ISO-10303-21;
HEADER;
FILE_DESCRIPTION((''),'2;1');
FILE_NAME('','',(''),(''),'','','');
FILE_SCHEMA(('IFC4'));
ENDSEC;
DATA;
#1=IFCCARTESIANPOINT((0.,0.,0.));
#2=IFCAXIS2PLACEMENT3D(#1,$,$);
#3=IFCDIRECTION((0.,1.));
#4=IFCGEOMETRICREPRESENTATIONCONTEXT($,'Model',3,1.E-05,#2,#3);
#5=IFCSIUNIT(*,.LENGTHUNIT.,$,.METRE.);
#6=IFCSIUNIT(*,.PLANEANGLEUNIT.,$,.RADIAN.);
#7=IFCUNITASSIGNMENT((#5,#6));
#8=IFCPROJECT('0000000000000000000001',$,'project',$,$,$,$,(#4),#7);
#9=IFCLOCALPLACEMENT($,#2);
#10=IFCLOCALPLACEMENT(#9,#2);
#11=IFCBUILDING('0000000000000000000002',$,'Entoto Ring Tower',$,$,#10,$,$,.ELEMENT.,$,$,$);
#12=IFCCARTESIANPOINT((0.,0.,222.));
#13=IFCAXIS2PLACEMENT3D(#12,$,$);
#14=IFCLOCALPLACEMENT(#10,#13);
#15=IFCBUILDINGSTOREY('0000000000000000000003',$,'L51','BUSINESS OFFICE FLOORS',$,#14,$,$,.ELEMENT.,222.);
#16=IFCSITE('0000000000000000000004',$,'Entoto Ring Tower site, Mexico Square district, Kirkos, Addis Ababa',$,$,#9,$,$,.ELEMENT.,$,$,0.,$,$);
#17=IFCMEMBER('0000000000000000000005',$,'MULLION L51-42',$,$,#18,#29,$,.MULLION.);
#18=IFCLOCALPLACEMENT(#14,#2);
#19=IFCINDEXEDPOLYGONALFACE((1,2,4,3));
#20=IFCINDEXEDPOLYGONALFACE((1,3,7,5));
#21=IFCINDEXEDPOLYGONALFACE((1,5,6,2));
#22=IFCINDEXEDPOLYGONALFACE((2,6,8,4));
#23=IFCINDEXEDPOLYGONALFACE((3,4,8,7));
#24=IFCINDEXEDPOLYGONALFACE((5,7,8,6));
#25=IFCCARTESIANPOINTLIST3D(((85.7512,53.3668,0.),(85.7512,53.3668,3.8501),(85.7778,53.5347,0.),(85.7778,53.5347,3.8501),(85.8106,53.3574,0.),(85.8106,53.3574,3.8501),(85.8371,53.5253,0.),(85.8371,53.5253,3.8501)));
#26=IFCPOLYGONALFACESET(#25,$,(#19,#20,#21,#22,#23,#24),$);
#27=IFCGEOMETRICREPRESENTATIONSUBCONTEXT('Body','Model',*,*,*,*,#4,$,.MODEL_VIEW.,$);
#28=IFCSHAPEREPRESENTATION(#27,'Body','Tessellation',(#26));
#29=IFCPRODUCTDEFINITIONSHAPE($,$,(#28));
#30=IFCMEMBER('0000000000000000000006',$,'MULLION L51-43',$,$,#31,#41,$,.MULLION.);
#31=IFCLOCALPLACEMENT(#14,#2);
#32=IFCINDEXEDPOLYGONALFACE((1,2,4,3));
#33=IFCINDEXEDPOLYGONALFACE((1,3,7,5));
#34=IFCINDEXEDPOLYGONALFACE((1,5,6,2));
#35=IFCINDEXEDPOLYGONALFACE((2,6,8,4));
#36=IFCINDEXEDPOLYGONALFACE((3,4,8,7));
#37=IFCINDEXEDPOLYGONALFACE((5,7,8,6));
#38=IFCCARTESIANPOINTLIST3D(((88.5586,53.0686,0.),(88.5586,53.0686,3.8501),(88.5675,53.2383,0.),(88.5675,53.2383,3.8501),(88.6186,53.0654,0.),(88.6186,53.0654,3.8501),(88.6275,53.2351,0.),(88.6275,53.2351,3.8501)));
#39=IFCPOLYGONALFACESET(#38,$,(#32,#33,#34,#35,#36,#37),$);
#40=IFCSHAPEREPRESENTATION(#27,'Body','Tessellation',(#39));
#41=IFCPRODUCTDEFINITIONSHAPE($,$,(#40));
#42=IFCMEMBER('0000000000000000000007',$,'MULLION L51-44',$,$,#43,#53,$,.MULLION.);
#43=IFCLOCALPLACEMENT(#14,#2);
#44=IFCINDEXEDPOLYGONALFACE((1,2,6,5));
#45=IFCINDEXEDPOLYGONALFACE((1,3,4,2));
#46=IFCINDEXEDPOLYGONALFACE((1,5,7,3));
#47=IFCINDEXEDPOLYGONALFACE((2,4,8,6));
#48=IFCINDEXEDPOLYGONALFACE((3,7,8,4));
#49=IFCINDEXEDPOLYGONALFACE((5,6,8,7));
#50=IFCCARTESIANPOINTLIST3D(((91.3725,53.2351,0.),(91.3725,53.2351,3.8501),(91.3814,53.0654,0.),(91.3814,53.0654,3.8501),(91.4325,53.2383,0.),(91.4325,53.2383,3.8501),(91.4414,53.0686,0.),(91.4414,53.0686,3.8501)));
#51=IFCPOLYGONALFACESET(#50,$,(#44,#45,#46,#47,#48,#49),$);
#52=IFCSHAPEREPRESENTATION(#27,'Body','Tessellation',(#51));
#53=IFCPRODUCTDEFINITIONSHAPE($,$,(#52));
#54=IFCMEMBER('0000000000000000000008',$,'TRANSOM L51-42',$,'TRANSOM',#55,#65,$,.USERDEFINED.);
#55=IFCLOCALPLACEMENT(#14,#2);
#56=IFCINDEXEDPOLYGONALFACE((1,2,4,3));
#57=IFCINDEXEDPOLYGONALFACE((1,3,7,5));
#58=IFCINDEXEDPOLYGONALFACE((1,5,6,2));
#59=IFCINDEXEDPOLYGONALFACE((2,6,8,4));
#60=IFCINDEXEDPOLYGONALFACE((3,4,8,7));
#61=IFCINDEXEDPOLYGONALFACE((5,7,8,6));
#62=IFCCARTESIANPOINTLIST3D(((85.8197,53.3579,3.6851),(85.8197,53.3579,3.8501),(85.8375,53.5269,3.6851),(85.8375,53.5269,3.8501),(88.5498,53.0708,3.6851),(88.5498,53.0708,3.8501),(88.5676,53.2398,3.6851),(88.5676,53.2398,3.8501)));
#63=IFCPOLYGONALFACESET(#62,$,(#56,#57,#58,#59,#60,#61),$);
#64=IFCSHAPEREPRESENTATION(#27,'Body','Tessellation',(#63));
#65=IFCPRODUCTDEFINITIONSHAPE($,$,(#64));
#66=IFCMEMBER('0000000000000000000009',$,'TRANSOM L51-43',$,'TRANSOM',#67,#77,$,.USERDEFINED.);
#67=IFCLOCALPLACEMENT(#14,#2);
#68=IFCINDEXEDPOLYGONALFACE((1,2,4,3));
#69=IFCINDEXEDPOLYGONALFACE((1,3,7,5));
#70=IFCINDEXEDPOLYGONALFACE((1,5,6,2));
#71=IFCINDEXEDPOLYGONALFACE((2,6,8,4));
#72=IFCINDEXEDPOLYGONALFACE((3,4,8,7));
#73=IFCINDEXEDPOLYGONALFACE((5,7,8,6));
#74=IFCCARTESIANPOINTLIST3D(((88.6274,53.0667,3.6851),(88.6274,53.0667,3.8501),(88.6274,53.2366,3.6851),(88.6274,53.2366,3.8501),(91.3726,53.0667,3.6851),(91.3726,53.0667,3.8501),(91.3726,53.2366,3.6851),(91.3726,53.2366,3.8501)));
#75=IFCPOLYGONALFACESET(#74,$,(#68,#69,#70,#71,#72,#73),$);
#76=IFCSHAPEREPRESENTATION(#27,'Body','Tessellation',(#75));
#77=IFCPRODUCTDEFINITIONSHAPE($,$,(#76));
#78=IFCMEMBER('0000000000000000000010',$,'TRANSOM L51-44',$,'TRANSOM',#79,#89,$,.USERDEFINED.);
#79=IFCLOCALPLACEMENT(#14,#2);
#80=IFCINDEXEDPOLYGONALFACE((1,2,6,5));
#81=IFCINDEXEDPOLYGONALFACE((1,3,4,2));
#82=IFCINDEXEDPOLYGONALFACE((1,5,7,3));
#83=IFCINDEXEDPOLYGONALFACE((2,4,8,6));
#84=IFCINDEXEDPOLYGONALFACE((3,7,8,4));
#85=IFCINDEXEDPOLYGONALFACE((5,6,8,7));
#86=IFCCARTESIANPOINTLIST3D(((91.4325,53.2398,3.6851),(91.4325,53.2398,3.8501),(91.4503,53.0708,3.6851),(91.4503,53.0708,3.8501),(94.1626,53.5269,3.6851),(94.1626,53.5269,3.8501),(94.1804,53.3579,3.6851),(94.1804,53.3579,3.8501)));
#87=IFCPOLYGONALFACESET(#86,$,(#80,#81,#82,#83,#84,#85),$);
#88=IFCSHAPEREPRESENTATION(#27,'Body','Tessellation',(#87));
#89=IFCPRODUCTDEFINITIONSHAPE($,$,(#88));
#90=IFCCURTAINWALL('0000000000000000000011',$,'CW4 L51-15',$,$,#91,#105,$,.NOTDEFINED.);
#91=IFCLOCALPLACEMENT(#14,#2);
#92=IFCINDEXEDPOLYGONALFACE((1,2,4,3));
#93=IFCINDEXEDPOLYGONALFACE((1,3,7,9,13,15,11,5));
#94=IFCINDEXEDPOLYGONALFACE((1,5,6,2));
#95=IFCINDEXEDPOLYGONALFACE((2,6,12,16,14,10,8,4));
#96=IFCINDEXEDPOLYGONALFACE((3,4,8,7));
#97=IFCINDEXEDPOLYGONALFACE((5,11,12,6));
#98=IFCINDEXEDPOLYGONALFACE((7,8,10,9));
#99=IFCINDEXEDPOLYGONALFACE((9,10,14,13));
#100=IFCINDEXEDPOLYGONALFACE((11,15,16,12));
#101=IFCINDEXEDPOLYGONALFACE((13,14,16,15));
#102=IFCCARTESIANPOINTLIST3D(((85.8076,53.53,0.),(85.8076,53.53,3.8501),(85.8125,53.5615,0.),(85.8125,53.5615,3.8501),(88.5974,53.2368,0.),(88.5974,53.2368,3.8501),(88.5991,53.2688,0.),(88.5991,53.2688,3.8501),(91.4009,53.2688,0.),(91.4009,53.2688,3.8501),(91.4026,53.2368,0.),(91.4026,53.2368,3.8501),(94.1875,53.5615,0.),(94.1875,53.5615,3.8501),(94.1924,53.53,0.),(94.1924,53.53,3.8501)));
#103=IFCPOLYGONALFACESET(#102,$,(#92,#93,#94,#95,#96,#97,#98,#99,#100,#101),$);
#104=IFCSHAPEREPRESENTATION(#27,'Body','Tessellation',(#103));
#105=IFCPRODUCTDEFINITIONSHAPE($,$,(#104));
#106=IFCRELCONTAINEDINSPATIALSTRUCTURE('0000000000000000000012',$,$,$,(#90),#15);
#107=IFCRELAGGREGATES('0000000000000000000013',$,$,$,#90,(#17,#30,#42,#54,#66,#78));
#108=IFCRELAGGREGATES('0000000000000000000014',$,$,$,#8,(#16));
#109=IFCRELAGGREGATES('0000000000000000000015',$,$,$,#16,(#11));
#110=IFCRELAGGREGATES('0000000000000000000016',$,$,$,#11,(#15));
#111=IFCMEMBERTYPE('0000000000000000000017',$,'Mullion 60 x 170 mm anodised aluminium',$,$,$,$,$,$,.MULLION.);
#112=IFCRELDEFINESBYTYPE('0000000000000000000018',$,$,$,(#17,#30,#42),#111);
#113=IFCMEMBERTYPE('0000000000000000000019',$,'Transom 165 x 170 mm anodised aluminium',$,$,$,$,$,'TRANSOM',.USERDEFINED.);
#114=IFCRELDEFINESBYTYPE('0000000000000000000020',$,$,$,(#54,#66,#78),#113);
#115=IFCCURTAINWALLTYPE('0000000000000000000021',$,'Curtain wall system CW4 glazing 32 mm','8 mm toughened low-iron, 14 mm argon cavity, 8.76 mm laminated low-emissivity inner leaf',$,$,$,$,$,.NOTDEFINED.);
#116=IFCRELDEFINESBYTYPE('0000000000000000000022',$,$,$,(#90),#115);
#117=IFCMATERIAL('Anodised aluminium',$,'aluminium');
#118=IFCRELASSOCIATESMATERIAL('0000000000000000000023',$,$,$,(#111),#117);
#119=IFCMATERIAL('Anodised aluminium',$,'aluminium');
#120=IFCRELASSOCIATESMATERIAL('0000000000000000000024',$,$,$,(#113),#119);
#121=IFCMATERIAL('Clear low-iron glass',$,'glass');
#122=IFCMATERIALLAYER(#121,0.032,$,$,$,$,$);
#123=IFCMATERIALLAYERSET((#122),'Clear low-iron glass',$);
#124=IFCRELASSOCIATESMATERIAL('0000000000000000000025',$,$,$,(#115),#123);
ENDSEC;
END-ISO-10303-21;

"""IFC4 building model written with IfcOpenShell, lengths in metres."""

from ifc_helpers import new_model, si_unit, direction, frame, origin, origin_2d, place, context, subcontext, project, spatial, polyline, rectangle, outline, extrude, material, layer, layer_set, material_profile, profile_set, type_object, element, aggregate, save


model = new_model("IFC4")

# Units and contexts
model_context = context("Model", 3, precision=1e-05, world=origin(), true_north=direction((0.0, 1.0)))
body_context = subcontext(model_context, "Body", "Model", "MODEL_VIEW")
ifc_project = project(units=[si_unit("LENGTHUNIT", "METRE"), si_unit("PLANEANGLEUNIT", "RADIAN")], contexts=[model_context])

# Members
ifc_material_1 = material(Name="Anodised aluminium", Category="aluminium")
ifc_material_profile_1 = material_profile(ifc_material_1, rectangle(XDim=0.0601, YDim=0.1699, at=origin_2d()), Name="Mullion 60 x 170 mm anodised aluminium")
ifc_profile_set_1 = profile_set([ifc_material_profile_1], Name="Anodised aluminium")
member_type_1 = type_object("IfcMemberType", Name="Mullion 60 x 170 mm anodised aluminium", PredefinedType="MULLION", material=ifc_profile_set_1)
site_placement = place(None, origin())
building_placement = place(site_placement, origin())
storey_placement = place(building_placement, frame((0.0, 0.0, 222.0)))
member_1_placement = place(storey_placement, frame((85.7942, 53.446, 0.0), z_axis=(0.0, 0.0, 1.0), x_axis=(0.987688, -0.156434, 0.0)))
member_1 = element("IfcMember", 1, at=member_1_placement, type_object=member_type_1, Name="MULLION L51-42", PredefinedType="MULLION", context=body_context, shape_type="SweptSolid", body=[
    extrude(rectangle(XDim=0.0601, YDim=0.1699, at=origin_2d()), origin(), (0.0, 0.0, 1.0), 3.8501),
])
member_2_placement = place(storey_placement, frame((88.593, 53.1519, 0.0), z_axis=(0.0, 0.0, 1.0), x_axis=(0.99863, -0.052336, 0.0)))
member_2 = element("IfcMember", 2, at=member_2_placement, type_object=member_type_1, Name="MULLION L51-43", PredefinedType="MULLION", context=body_context, shape_type="SweptSolid", body=[
    extrude(rectangle(XDim=0.0601, YDim=0.1699, at=origin_2d()), origin(), (0.0, 0.0, 1.0), 3.8501),
])
member_3_placement = place(storey_placement, frame((91.407, 53.1519, 0.0), z_axis=(0.0, 0.0, 1.0), x_axis=(0.99863, 0.052336, 0.0)))
member_3 = element("IfcMember", 3, at=member_3_placement, type_object=member_type_1, Name="MULLION L51-44", PredefinedType="MULLION", context=body_context, shape_type="SweptSolid", body=[
    extrude(rectangle(XDim=0.0601, YDim=0.1699, at=origin_2d()), origin(), (0.0, 0.0, 1.0), 3.8501),
])
ifc_material_2 = material(Name="Anodised aluminium", Category="aluminium")
ifc_material_profile_2 = material_profile(ifc_material_2, rectangle(XDim=0.1699, YDim=0.165, at=origin_2d()), Name="Transom 165 x 170 mm anodised aluminium")
ifc_profile_set_2 = profile_set([ifc_material_profile_2], Name="Anodised aluminium")
member_type_2 = type_object("IfcMemberType", Name="Transom 165 x 170 mm anodised aluminium", ElementType="TRANSOM", PredefinedType="USERDEFINED", material=ifc_profile_set_2)
member_4_placement = place(storey_placement, frame((85.8286, 53.4424, 3.7676), z_axis=(0.994515, -0.104592, 0.0), x_axis=(0.104592, 0.994515, 0.0)))
member_4 = element("IfcMember", 4, at=member_4_placement, type_object=member_type_2, Name="TRANSOM L51-42", ObjectType="TRANSOM", PredefinedType="USERDEFINED", context=body_context, shape_type="SweptSolid", body=[
    extrude(rectangle(XDim=0.1699, YDim=0.165, at=origin_2d()), origin(), (0.0, 0.0, 1.0), 2.7451),
])
member_5_placement = place(storey_placement, frame((88.6274, 53.1516, 3.7676), z_axis=(1.0, 0.0, 0.0), x_axis=(0.0, 1.0, 0.0)))
member_5 = element("IfcMember", 5, at=member_5_placement, type_object=member_type_2, Name="TRANSOM L51-43", ObjectType="TRANSOM", PredefinedType="USERDEFINED", context=body_context, shape_type="SweptSolid", body=[
    extrude(rectangle(XDim=0.1699, YDim=0.165, at=origin_2d()), origin(), (0.0, 0.0, 1.0), 2.7451),
])
member_6_placement = place(storey_placement, frame((91.4414, 53.1553, 3.7676), z_axis=(0.994515, 0.104592, 0.0), x_axis=(-0.104592, 0.994515, 0.0)))
member_6 = element("IfcMember", 6, at=member_6_placement, type_object=member_type_2, Name="TRANSOM L51-44", ObjectType="TRANSOM", PredefinedType="USERDEFINED", context=body_context, shape_type="SweptSolid", body=[
    extrude(rectangle(XDim=0.1699, YDim=0.165, at=origin_2d()), origin(), (0.0, 0.0, 1.0), 2.7451),
])

# Site, building, storey
site = spatial("IfcSite", under=ifc_project, at=site_placement, Name="Entoto Ring Tower site, Mexico Square district, Kirkos, Addis Ababa", CompositionType="ELEMENT", RefElevation=0.0)
building = spatial("IfcBuilding", under=site, at=building_placement, Name="Entoto Ring Tower", CompositionType="ELEMENT")
storey = spatial("IfcBuildingStorey", under=building, at=storey_placement, Name="L51", Description="BUSINESS OFFICE FLOORS", CompositionType="ELEMENT", Elevation=222.0)

# Curtain wall
ifc_material_3 = material(Name="Clear low-iron glass", Category="glass")
ifc_layer = layer(ifc_material_3, 0.032)
ifc_layer_set = layer_set([ifc_layer], Name="Clear low-iron glass")
curtain_wall_type = type_object("IfcCurtainWallType", Name="Curtain wall system CW4 glazing 32 mm", Description="8 mm toughened low-iron, 14 mm argon cavity, 8.76 mm laminated low-emissivity inner leaf", PredefinedType="NOTDEFINED", material=ifc_layer_set)
curtain_wall_1_placement = place(storey_placement, origin())
curtain_wall_1 = element("IfcCurtainWall", 7, at=curtain_wall_1_placement, inside=storey, type_object=curtain_wall_type, Name="CW4 L51-15", PredefinedType="NOTDEFINED", context=body_context, shape_type="SweptSolid", body=[
    extrude(outline(polyline([(85.8076, 53.53), (88.5974, 53.2368), (91.4026, 53.2368), (94.1924, 53.53), (94.1875, 53.5615), (91.4009, 53.2688), (88.5991, 53.2688), (85.8125, 53.5615), (85.8076, 53.53)])), origin(), (0.0, 0.0, 1.0), 3.8501),
])
aggregate(curtain_wall_1, [member_1, member_2, member_3, member_4, member_5, member_6])

save(model, "model.ifc")
